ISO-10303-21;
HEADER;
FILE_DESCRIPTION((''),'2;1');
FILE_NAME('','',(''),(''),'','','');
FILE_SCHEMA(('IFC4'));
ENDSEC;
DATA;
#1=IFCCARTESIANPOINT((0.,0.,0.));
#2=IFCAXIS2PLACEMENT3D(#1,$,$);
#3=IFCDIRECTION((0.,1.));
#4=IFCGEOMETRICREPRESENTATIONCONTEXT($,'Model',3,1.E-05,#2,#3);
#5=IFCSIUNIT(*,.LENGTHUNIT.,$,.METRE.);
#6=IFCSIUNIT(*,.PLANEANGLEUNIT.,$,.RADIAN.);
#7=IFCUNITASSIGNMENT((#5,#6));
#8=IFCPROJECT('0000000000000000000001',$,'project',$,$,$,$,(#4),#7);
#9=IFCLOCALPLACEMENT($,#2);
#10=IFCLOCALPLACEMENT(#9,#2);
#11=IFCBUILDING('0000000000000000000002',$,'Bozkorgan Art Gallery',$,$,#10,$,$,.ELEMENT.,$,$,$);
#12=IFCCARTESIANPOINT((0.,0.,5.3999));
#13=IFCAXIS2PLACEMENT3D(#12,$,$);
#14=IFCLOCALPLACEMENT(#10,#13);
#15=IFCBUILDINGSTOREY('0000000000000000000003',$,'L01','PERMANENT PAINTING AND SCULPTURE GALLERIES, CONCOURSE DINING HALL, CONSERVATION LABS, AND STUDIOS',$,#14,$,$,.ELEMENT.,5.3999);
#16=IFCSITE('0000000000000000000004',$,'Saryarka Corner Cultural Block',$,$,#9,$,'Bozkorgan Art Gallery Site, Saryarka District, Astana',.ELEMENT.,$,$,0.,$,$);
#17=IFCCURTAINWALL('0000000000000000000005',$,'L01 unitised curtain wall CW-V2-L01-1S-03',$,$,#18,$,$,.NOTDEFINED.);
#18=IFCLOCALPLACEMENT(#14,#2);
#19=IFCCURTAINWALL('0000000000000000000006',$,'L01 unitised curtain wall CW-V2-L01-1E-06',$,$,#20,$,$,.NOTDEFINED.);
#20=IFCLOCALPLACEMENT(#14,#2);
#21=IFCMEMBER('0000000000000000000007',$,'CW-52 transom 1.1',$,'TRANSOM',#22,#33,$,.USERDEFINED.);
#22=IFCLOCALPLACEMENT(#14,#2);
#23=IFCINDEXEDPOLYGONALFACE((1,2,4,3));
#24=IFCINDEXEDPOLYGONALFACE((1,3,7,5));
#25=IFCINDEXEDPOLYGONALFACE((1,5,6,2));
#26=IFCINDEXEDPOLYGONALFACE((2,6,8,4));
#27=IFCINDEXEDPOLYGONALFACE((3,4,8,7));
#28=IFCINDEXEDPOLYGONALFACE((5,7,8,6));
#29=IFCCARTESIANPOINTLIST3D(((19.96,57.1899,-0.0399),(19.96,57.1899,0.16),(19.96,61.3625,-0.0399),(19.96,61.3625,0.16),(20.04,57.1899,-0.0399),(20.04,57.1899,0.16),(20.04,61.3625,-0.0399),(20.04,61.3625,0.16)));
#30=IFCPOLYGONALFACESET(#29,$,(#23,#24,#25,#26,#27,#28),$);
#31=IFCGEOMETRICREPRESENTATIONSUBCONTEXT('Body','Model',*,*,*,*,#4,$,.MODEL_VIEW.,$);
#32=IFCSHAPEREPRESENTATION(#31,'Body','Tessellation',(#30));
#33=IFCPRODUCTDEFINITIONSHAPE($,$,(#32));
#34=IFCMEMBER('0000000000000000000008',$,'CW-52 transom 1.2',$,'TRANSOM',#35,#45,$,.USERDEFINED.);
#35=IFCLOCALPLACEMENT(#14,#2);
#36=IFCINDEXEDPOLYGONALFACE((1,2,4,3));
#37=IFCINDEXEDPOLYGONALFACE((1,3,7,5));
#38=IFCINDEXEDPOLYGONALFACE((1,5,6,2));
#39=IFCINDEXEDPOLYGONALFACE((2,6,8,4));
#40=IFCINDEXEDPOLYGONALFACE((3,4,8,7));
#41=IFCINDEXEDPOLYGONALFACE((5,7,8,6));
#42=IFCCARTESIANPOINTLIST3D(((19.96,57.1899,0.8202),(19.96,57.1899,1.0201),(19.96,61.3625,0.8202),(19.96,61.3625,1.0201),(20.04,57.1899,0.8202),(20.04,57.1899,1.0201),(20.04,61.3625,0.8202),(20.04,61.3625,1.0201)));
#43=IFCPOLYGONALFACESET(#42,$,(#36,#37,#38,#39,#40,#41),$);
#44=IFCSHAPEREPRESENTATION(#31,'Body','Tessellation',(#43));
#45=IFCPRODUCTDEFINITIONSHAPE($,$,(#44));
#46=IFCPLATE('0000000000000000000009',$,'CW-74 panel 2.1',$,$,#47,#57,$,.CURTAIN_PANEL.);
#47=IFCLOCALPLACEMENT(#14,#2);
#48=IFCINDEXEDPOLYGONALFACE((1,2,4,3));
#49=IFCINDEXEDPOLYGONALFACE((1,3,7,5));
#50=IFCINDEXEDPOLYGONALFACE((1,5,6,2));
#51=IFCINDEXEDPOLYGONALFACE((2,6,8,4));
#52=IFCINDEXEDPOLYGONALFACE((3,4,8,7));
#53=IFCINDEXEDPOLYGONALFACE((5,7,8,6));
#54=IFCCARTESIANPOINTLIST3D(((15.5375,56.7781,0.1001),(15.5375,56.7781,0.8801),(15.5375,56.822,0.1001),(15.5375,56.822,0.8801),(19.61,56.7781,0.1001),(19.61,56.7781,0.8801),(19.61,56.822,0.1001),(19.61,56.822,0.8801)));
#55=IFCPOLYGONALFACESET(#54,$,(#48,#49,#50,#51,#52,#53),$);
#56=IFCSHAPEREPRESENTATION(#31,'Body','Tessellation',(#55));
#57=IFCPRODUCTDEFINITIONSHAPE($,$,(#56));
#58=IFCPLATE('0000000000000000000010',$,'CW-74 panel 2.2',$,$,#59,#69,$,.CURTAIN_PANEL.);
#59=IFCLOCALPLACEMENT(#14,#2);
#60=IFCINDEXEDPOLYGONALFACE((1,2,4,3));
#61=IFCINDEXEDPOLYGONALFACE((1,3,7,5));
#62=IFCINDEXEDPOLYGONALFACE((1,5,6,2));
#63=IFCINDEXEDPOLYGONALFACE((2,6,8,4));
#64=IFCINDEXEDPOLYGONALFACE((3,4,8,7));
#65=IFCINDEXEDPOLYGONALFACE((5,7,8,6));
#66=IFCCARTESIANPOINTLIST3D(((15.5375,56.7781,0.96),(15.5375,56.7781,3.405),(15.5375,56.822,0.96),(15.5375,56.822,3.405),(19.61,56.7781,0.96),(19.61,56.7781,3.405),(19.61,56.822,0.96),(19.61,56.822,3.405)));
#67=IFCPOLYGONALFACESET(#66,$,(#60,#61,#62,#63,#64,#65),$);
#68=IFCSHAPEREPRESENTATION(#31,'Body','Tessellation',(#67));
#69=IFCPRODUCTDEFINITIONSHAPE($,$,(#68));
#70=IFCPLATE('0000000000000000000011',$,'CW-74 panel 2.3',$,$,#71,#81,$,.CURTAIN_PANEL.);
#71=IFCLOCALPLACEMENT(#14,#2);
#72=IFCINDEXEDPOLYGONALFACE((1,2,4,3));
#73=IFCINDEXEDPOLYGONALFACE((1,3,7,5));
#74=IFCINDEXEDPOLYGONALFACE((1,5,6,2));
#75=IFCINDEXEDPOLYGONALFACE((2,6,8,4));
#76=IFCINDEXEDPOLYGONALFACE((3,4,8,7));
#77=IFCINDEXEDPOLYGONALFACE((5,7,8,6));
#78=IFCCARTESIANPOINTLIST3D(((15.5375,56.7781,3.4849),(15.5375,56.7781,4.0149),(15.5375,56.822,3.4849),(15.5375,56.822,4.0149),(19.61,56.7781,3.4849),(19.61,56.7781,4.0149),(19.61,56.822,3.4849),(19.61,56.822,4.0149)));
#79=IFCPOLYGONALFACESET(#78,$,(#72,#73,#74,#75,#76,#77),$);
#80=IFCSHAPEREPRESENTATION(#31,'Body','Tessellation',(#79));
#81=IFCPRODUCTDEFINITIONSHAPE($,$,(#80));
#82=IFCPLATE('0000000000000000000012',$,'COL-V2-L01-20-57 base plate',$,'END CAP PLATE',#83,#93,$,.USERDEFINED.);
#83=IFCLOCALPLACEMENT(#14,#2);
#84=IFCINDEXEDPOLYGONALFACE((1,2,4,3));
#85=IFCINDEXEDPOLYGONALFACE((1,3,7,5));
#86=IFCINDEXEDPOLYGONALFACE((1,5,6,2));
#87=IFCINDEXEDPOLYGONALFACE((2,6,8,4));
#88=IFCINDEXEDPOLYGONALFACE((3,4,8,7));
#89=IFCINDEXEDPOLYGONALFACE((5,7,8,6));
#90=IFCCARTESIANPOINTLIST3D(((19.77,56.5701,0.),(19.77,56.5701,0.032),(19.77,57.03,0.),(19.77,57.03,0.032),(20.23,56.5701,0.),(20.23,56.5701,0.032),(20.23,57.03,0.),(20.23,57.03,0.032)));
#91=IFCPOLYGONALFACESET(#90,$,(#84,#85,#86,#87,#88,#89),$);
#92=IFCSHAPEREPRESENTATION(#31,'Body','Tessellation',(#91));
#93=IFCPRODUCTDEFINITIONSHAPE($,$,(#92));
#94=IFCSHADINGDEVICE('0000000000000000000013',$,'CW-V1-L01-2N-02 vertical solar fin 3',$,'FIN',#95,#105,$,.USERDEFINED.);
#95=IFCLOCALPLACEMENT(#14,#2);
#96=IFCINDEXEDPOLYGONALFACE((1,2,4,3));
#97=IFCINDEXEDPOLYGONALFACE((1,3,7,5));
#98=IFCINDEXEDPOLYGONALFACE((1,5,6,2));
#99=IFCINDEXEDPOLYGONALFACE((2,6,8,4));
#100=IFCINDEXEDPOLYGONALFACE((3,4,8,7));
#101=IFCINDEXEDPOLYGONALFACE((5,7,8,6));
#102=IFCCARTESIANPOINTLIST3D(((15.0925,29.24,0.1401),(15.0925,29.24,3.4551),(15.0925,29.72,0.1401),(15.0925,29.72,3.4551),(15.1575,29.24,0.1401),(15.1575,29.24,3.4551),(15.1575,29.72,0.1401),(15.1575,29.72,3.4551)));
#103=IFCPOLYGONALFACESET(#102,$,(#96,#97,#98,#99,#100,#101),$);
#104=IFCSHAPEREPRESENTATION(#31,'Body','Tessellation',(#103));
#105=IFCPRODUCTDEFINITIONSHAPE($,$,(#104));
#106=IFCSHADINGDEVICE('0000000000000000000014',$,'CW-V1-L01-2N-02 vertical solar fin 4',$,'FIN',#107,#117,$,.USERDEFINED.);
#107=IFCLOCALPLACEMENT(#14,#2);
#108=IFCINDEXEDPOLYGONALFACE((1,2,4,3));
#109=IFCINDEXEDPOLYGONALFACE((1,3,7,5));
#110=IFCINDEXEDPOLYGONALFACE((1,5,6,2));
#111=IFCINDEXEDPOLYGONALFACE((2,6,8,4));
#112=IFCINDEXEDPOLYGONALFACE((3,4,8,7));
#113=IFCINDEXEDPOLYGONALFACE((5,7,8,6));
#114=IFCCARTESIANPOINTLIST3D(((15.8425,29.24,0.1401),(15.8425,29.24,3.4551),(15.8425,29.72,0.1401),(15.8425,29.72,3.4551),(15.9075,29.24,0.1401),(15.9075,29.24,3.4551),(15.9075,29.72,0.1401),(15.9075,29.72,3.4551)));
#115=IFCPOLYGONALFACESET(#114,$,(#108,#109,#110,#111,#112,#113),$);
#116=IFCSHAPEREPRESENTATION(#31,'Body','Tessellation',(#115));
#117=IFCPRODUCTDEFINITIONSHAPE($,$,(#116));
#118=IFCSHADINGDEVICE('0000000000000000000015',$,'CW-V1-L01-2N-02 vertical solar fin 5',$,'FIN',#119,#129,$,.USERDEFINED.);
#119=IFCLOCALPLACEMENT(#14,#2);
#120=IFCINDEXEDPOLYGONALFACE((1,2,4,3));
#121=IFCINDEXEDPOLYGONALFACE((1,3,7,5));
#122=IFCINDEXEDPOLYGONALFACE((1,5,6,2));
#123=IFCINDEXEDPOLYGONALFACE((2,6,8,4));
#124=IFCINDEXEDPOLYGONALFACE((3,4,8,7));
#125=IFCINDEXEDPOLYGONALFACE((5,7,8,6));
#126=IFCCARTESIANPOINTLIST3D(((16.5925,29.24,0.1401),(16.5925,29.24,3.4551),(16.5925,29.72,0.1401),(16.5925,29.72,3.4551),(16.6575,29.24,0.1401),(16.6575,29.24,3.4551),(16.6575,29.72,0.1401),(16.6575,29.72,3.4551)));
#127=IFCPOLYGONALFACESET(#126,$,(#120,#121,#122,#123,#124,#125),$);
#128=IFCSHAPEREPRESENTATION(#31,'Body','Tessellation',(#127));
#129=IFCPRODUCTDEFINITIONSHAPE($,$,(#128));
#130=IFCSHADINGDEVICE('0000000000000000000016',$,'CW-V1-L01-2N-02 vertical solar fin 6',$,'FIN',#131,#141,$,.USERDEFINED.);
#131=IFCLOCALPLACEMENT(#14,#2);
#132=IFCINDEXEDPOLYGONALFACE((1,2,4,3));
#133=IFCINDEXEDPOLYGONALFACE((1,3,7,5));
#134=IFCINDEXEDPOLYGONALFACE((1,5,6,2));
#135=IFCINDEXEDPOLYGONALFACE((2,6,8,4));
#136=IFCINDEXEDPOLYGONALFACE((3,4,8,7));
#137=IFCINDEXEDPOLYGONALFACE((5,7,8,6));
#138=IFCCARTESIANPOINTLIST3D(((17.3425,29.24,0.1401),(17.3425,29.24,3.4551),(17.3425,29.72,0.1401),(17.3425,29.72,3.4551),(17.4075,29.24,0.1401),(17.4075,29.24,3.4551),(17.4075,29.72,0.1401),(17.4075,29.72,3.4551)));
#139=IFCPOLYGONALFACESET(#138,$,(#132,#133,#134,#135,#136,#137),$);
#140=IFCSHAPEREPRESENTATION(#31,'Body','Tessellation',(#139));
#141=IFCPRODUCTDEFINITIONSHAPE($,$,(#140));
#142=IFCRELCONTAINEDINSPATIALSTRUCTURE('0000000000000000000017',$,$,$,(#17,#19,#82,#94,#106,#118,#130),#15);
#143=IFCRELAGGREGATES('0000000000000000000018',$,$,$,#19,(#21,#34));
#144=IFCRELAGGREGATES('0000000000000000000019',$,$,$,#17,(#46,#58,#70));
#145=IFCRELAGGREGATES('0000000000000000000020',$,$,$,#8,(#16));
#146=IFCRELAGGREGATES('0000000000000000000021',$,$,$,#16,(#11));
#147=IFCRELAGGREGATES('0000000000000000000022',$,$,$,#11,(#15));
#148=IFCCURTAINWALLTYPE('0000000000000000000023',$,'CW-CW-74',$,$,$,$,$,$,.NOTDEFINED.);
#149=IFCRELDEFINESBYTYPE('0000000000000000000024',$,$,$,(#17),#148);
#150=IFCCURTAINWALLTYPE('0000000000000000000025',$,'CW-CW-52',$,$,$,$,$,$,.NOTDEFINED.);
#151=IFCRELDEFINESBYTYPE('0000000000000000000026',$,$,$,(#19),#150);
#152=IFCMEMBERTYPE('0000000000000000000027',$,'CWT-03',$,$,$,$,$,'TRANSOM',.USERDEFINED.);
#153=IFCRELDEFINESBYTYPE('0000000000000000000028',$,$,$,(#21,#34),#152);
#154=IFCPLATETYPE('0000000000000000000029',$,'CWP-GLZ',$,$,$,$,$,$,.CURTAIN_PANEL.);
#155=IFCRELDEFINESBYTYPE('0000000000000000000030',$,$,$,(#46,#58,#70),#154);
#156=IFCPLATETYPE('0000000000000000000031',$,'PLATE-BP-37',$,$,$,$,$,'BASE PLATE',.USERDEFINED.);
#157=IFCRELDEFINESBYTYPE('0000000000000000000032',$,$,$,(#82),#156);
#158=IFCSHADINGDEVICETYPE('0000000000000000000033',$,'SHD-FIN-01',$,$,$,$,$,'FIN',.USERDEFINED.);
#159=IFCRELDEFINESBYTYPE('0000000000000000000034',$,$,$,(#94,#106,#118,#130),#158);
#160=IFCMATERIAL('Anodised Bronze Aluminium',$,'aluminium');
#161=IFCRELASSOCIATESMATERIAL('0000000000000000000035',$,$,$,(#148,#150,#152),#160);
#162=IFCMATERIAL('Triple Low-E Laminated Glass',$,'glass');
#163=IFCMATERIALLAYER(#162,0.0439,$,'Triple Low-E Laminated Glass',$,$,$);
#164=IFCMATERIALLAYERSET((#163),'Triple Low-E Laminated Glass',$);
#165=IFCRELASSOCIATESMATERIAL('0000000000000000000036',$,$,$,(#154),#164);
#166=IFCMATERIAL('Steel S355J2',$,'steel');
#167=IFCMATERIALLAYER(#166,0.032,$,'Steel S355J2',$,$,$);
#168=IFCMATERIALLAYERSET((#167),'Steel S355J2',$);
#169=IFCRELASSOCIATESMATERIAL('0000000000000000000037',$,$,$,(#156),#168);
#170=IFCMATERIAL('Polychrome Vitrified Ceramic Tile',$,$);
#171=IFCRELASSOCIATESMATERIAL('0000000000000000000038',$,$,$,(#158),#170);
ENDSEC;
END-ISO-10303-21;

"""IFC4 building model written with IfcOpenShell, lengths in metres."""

from ifc_helpers import new_model, si_unit, direction, frame, origin, origin_2d, place, context, subcontext, project, spatial, rectangle, extrude, material, layer, layer_set, material_profile, profile_set, type_object, element, aggregate, save


model = new_model("IFC4")

# Units and contexts
model_context = context("Model", 3, precision=1e-05, world=origin(), true_north=direction((0.0, 1.0)))
body_context = subcontext(model_context, "Body", "Model", "MODEL_VIEW")
ifc_project = project(units=[si_unit("LENGTHUNIT", "METRE"), si_unit("PLANEANGLEUNIT", "RADIAN")], contexts=[model_context])

# Site, building, storey
site_placement = place(None, origin())
site = spatial("IfcSite", under=ifc_project, at=site_placement, Name="Saryarka Corner Cultural Block", LongName="Bozkorgan Art Gallery Site, Saryarka District, Astana", CompositionType="ELEMENT", RefElevation=0.0)
building_placement = place(site_placement, origin())
building = spatial("IfcBuilding", under=site, at=building_placement, Name="Bozkorgan Art Gallery", CompositionType="ELEMENT")
storey_placement = place(building_placement, frame((0.0, 0.0, 5.3999)))
storey = spatial("IfcBuildingStorey", under=building, at=storey_placement, Name="L01", Description="PERMANENT PAINTING AND SCULPTURE GALLERIES, CONCOURSE DINING HALL, CONSERVATION LABS, AND STUDIOS", CompositionType="ELEMENT", Elevation=5.3999)

# Shared definitions
ifc_material_1 = material(Name="Steel S355J2", Category="steel")

# Curtain wall
ifc_material_2 = material(Name="Anodised Bronze Aluminium", Category="aluminium")
curtain_wall_type_1 = type_object("IfcCurtainWallType", Name="CW-CW-74", PredefinedType="NOTDEFINED", material=ifc_material_2)
curtain_wall_1_placement = place(storey_placement, origin())
curtain_wall_1 = element("IfcCurtainWall", 1, at=curtain_wall_1_placement, inside=storey, type_object=curtain_wall_type_1, Name="L01 unitised curtain wall CW-V2-L01-1S-03", PredefinedType="NOTDEFINED")

# Curtain wall
curtain_wall_type_2 = type_object("IfcCurtainWallType", Name="CW-CW-52", PredefinedType="NOTDEFINED", material=ifc_material_2)
curtain_wall_2_placement = place(storey_placement, origin())
curtain_wall_2 = element("IfcCurtainWall", 2, at=curtain_wall_2_placement, inside=storey, type_object=curtain_wall_type_2, Name="L01 unitised curtain wall CW-V2-L01-1E-06", PredefinedType="NOTDEFINED")

# Members
ifc_material_profile_1 = material_profile(ifc_material_2, rectangle(XDim=0.0801, YDim=0.2, at=origin_2d()), Name="ALU TRANSOM 80x200")
ifc_profile_set_1 = profile_set([ifc_material_profile_1], Name="Anodised Bronze Aluminium")
member_type_1 = type_object("IfcMemberType", Name="CWT-03", ElementType="TRANSOM", PredefinedType="USERDEFINED", material=ifc_profile_set_1)
member_1_placement = place(storey_placement, frame((20.0, 57.1899, 0.0601), z_axis=(0.0, 1.0, 0.0), x_axis=(-1.0, 0.0, 0.0)))
member_1 = element("IfcMember", 3, at=member_1_placement, type_object=member_type_1, Name="CW-52 transom 1.1", ObjectType="TRANSOM", PredefinedType="USERDEFINED", context=body_context, shape_type="SweptSolid", body=[
    extrude(rectangle(XDim=0.0801, YDim=0.2, at=origin_2d()), origin(), (0.0, 0.0, 1.0), 4.1726),
])
member_2_placement = place(storey_placement, frame((20.0, 57.1899, 0.9202), z_axis=(0.0, 1.0, 0.0), x_axis=(-1.0, 0.0, 0.0)))
member_2 = element("IfcMember", 4, at=member_2_placement, type_object=member_type_1, Name="CW-52 transom 1.2", ObjectType="TRANSOM", PredefinedType="USERDEFINED", context=body_context, shape_type="SweptSolid", body=[
    extrude(rectangle(XDim=0.0801, YDim=0.2, at=origin_2d()), origin(), (0.0, 0.0, 1.0), 4.1726),
])
aggregate(curtain_wall_2, [member_1, member_2])

# Plates
ifc_material_3 = material(Name="Triple Low-E Laminated Glass", Category="glass")
ifc_layer_1 = layer(ifc_material_3, 0.0439, Name="Triple Low-E Laminated Glass")
ifc_layer_set_1 = layer_set([ifc_layer_1], Name="Triple Low-E Laminated Glass")
plate_type_1 = type_object("IfcPlateType", Name="CWP-GLZ", PredefinedType="CURTAIN_PANEL", material=ifc_layer_set_1)
plate_1_placement = place(storey_placement, frame((17.5737, 56.8, 0.1001), z_axis=(0.0, 0.0, 1.0), x_axis=(1.0, 0.0, 0.0)))
plate_1 = element("IfcPlate", 5, at=plate_1_placement, type_object=plate_type_1, Name="CW-74 panel 2.1", PredefinedType="CURTAIN_PANEL", context=body_context, shape_type="SweptSolid", body=[
    extrude(rectangle(XDim=4.0725, YDim=0.0439, at=origin_2d()), origin(), (0.0, 0.0, 1.0), 0.78),
])
plate_2_placement = place(storey_placement, frame((17.5737, 56.8, 0.96), z_axis=(0.0, 0.0, 1.0), x_axis=(1.0, 0.0, 0.0)))
plate_2 = element("IfcPlate", 6, at=plate_2_placement, type_object=plate_type_1, Name="CW-74 panel 2.2", PredefinedType="CURTAIN_PANEL", context=body_context, shape_type="SweptSolid", body=[
    extrude(rectangle(XDim=4.0725, YDim=0.0439, at=origin_2d()), origin(), (0.0, 0.0, 1.0), 2.4451),
])
plate_3_placement = place(storey_placement, frame((17.5737, 56.8, 3.4849), z_axis=(0.0, 0.0, 1.0), x_axis=(1.0, 0.0, 0.0)))
plate_3 = element("IfcPlate", 7, at=plate_3_placement, type_object=plate_type_1, Name="CW-74 panel 2.3", PredefinedType="CURTAIN_PANEL", context=body_context, shape_type="SweptSolid", body=[
    extrude(rectangle(XDim=4.0725, YDim=0.0439, at=origin_2d()), origin(), (0.0, 0.0, 1.0), 0.53),
])
aggregate(curtain_wall_1, [plate_1, plate_2, plate_3])
ifc_layer_2 = layer(ifc_material_1, 0.032, Name="Steel S355J2")
ifc_layer_set_2 = layer_set([ifc_layer_2], Name="Steel S355J2")
plate_type_2 = type_object("IfcPlateType", Name="PLATE-BP-37", ElementType="BASE PLATE", PredefinedType="USERDEFINED", material=ifc_layer_set_2)
plate_4_placement = place(storey_placement, frame((20.0, 56.8, 0.0), z_axis=(0.0, 0.0, 1.0), x_axis=(1.0, 0.0, 0.0)))
element("IfcPlate", 8, at=plate_4_placement, inside=storey, type_object=plate_type_2, Name="COL-V2-L01-20-57 base plate", ObjectType="END CAP PLATE", PredefinedType="USERDEFINED", context=body_context, shape_type="SweptSolid", body=[
    extrude(rectangle(XDim=0.46, YDim=0.46, at=origin_2d()), origin(), (0.0, 0.0, 1.0), 0.032),
])

# Shading devices
ifc_material_4 = material(Name="Polychrome Vitrified Ceramic Tile")
shading_device_type = type_object("IfcShadingDeviceType", Name="SHD-FIN-01", ElementType="FIN", PredefinedType="USERDEFINED", material=ifc_material_4)
for number, where, z_axis, x_axis, name in (
    (9, (15.125, 29.48, 0.1401), (0.0, 0.0, 1.0), (0.0, 1.0, 0.0), "CW-V1-L01-2N-02 vertical solar fin 3"),
    (10, (15.875, 29.48, 0.1401), (0.0, 0.0, 1.0), (0.0, 1.0, 0.0), "CW-V1-L01-2N-02 vertical solar fin 4"),
    (11, (16.625, 29.48, 0.1401), (0.0, 0.0, 1.0), (0.0, 1.0, 0.0), "CW-V1-L01-2N-02 vertical solar fin 5"),
    (12, (17.375, 29.48, 0.1401), (0.0, 0.0, 1.0), (0.0, 1.0, 0.0), "CW-V1-L01-2N-02 vertical solar fin 6"),
):
    element("IfcShadingDevice", number, at=place(storey_placement, frame(where, z_axis=z_axis, x_axis=x_axis)), inside=storey, type_object=shading_device_type, Name=name, ObjectType="FIN", PredefinedType="USERDEFINED", context=body_context, shape_type="SweptSolid", body=[
        extrude(rectangle(XDim=0.48, YDim=0.0649, at=origin_2d()), origin(), (0.0, 0.0, 1.0), 3.3149),
    ])

save(model, "model.ifc")
